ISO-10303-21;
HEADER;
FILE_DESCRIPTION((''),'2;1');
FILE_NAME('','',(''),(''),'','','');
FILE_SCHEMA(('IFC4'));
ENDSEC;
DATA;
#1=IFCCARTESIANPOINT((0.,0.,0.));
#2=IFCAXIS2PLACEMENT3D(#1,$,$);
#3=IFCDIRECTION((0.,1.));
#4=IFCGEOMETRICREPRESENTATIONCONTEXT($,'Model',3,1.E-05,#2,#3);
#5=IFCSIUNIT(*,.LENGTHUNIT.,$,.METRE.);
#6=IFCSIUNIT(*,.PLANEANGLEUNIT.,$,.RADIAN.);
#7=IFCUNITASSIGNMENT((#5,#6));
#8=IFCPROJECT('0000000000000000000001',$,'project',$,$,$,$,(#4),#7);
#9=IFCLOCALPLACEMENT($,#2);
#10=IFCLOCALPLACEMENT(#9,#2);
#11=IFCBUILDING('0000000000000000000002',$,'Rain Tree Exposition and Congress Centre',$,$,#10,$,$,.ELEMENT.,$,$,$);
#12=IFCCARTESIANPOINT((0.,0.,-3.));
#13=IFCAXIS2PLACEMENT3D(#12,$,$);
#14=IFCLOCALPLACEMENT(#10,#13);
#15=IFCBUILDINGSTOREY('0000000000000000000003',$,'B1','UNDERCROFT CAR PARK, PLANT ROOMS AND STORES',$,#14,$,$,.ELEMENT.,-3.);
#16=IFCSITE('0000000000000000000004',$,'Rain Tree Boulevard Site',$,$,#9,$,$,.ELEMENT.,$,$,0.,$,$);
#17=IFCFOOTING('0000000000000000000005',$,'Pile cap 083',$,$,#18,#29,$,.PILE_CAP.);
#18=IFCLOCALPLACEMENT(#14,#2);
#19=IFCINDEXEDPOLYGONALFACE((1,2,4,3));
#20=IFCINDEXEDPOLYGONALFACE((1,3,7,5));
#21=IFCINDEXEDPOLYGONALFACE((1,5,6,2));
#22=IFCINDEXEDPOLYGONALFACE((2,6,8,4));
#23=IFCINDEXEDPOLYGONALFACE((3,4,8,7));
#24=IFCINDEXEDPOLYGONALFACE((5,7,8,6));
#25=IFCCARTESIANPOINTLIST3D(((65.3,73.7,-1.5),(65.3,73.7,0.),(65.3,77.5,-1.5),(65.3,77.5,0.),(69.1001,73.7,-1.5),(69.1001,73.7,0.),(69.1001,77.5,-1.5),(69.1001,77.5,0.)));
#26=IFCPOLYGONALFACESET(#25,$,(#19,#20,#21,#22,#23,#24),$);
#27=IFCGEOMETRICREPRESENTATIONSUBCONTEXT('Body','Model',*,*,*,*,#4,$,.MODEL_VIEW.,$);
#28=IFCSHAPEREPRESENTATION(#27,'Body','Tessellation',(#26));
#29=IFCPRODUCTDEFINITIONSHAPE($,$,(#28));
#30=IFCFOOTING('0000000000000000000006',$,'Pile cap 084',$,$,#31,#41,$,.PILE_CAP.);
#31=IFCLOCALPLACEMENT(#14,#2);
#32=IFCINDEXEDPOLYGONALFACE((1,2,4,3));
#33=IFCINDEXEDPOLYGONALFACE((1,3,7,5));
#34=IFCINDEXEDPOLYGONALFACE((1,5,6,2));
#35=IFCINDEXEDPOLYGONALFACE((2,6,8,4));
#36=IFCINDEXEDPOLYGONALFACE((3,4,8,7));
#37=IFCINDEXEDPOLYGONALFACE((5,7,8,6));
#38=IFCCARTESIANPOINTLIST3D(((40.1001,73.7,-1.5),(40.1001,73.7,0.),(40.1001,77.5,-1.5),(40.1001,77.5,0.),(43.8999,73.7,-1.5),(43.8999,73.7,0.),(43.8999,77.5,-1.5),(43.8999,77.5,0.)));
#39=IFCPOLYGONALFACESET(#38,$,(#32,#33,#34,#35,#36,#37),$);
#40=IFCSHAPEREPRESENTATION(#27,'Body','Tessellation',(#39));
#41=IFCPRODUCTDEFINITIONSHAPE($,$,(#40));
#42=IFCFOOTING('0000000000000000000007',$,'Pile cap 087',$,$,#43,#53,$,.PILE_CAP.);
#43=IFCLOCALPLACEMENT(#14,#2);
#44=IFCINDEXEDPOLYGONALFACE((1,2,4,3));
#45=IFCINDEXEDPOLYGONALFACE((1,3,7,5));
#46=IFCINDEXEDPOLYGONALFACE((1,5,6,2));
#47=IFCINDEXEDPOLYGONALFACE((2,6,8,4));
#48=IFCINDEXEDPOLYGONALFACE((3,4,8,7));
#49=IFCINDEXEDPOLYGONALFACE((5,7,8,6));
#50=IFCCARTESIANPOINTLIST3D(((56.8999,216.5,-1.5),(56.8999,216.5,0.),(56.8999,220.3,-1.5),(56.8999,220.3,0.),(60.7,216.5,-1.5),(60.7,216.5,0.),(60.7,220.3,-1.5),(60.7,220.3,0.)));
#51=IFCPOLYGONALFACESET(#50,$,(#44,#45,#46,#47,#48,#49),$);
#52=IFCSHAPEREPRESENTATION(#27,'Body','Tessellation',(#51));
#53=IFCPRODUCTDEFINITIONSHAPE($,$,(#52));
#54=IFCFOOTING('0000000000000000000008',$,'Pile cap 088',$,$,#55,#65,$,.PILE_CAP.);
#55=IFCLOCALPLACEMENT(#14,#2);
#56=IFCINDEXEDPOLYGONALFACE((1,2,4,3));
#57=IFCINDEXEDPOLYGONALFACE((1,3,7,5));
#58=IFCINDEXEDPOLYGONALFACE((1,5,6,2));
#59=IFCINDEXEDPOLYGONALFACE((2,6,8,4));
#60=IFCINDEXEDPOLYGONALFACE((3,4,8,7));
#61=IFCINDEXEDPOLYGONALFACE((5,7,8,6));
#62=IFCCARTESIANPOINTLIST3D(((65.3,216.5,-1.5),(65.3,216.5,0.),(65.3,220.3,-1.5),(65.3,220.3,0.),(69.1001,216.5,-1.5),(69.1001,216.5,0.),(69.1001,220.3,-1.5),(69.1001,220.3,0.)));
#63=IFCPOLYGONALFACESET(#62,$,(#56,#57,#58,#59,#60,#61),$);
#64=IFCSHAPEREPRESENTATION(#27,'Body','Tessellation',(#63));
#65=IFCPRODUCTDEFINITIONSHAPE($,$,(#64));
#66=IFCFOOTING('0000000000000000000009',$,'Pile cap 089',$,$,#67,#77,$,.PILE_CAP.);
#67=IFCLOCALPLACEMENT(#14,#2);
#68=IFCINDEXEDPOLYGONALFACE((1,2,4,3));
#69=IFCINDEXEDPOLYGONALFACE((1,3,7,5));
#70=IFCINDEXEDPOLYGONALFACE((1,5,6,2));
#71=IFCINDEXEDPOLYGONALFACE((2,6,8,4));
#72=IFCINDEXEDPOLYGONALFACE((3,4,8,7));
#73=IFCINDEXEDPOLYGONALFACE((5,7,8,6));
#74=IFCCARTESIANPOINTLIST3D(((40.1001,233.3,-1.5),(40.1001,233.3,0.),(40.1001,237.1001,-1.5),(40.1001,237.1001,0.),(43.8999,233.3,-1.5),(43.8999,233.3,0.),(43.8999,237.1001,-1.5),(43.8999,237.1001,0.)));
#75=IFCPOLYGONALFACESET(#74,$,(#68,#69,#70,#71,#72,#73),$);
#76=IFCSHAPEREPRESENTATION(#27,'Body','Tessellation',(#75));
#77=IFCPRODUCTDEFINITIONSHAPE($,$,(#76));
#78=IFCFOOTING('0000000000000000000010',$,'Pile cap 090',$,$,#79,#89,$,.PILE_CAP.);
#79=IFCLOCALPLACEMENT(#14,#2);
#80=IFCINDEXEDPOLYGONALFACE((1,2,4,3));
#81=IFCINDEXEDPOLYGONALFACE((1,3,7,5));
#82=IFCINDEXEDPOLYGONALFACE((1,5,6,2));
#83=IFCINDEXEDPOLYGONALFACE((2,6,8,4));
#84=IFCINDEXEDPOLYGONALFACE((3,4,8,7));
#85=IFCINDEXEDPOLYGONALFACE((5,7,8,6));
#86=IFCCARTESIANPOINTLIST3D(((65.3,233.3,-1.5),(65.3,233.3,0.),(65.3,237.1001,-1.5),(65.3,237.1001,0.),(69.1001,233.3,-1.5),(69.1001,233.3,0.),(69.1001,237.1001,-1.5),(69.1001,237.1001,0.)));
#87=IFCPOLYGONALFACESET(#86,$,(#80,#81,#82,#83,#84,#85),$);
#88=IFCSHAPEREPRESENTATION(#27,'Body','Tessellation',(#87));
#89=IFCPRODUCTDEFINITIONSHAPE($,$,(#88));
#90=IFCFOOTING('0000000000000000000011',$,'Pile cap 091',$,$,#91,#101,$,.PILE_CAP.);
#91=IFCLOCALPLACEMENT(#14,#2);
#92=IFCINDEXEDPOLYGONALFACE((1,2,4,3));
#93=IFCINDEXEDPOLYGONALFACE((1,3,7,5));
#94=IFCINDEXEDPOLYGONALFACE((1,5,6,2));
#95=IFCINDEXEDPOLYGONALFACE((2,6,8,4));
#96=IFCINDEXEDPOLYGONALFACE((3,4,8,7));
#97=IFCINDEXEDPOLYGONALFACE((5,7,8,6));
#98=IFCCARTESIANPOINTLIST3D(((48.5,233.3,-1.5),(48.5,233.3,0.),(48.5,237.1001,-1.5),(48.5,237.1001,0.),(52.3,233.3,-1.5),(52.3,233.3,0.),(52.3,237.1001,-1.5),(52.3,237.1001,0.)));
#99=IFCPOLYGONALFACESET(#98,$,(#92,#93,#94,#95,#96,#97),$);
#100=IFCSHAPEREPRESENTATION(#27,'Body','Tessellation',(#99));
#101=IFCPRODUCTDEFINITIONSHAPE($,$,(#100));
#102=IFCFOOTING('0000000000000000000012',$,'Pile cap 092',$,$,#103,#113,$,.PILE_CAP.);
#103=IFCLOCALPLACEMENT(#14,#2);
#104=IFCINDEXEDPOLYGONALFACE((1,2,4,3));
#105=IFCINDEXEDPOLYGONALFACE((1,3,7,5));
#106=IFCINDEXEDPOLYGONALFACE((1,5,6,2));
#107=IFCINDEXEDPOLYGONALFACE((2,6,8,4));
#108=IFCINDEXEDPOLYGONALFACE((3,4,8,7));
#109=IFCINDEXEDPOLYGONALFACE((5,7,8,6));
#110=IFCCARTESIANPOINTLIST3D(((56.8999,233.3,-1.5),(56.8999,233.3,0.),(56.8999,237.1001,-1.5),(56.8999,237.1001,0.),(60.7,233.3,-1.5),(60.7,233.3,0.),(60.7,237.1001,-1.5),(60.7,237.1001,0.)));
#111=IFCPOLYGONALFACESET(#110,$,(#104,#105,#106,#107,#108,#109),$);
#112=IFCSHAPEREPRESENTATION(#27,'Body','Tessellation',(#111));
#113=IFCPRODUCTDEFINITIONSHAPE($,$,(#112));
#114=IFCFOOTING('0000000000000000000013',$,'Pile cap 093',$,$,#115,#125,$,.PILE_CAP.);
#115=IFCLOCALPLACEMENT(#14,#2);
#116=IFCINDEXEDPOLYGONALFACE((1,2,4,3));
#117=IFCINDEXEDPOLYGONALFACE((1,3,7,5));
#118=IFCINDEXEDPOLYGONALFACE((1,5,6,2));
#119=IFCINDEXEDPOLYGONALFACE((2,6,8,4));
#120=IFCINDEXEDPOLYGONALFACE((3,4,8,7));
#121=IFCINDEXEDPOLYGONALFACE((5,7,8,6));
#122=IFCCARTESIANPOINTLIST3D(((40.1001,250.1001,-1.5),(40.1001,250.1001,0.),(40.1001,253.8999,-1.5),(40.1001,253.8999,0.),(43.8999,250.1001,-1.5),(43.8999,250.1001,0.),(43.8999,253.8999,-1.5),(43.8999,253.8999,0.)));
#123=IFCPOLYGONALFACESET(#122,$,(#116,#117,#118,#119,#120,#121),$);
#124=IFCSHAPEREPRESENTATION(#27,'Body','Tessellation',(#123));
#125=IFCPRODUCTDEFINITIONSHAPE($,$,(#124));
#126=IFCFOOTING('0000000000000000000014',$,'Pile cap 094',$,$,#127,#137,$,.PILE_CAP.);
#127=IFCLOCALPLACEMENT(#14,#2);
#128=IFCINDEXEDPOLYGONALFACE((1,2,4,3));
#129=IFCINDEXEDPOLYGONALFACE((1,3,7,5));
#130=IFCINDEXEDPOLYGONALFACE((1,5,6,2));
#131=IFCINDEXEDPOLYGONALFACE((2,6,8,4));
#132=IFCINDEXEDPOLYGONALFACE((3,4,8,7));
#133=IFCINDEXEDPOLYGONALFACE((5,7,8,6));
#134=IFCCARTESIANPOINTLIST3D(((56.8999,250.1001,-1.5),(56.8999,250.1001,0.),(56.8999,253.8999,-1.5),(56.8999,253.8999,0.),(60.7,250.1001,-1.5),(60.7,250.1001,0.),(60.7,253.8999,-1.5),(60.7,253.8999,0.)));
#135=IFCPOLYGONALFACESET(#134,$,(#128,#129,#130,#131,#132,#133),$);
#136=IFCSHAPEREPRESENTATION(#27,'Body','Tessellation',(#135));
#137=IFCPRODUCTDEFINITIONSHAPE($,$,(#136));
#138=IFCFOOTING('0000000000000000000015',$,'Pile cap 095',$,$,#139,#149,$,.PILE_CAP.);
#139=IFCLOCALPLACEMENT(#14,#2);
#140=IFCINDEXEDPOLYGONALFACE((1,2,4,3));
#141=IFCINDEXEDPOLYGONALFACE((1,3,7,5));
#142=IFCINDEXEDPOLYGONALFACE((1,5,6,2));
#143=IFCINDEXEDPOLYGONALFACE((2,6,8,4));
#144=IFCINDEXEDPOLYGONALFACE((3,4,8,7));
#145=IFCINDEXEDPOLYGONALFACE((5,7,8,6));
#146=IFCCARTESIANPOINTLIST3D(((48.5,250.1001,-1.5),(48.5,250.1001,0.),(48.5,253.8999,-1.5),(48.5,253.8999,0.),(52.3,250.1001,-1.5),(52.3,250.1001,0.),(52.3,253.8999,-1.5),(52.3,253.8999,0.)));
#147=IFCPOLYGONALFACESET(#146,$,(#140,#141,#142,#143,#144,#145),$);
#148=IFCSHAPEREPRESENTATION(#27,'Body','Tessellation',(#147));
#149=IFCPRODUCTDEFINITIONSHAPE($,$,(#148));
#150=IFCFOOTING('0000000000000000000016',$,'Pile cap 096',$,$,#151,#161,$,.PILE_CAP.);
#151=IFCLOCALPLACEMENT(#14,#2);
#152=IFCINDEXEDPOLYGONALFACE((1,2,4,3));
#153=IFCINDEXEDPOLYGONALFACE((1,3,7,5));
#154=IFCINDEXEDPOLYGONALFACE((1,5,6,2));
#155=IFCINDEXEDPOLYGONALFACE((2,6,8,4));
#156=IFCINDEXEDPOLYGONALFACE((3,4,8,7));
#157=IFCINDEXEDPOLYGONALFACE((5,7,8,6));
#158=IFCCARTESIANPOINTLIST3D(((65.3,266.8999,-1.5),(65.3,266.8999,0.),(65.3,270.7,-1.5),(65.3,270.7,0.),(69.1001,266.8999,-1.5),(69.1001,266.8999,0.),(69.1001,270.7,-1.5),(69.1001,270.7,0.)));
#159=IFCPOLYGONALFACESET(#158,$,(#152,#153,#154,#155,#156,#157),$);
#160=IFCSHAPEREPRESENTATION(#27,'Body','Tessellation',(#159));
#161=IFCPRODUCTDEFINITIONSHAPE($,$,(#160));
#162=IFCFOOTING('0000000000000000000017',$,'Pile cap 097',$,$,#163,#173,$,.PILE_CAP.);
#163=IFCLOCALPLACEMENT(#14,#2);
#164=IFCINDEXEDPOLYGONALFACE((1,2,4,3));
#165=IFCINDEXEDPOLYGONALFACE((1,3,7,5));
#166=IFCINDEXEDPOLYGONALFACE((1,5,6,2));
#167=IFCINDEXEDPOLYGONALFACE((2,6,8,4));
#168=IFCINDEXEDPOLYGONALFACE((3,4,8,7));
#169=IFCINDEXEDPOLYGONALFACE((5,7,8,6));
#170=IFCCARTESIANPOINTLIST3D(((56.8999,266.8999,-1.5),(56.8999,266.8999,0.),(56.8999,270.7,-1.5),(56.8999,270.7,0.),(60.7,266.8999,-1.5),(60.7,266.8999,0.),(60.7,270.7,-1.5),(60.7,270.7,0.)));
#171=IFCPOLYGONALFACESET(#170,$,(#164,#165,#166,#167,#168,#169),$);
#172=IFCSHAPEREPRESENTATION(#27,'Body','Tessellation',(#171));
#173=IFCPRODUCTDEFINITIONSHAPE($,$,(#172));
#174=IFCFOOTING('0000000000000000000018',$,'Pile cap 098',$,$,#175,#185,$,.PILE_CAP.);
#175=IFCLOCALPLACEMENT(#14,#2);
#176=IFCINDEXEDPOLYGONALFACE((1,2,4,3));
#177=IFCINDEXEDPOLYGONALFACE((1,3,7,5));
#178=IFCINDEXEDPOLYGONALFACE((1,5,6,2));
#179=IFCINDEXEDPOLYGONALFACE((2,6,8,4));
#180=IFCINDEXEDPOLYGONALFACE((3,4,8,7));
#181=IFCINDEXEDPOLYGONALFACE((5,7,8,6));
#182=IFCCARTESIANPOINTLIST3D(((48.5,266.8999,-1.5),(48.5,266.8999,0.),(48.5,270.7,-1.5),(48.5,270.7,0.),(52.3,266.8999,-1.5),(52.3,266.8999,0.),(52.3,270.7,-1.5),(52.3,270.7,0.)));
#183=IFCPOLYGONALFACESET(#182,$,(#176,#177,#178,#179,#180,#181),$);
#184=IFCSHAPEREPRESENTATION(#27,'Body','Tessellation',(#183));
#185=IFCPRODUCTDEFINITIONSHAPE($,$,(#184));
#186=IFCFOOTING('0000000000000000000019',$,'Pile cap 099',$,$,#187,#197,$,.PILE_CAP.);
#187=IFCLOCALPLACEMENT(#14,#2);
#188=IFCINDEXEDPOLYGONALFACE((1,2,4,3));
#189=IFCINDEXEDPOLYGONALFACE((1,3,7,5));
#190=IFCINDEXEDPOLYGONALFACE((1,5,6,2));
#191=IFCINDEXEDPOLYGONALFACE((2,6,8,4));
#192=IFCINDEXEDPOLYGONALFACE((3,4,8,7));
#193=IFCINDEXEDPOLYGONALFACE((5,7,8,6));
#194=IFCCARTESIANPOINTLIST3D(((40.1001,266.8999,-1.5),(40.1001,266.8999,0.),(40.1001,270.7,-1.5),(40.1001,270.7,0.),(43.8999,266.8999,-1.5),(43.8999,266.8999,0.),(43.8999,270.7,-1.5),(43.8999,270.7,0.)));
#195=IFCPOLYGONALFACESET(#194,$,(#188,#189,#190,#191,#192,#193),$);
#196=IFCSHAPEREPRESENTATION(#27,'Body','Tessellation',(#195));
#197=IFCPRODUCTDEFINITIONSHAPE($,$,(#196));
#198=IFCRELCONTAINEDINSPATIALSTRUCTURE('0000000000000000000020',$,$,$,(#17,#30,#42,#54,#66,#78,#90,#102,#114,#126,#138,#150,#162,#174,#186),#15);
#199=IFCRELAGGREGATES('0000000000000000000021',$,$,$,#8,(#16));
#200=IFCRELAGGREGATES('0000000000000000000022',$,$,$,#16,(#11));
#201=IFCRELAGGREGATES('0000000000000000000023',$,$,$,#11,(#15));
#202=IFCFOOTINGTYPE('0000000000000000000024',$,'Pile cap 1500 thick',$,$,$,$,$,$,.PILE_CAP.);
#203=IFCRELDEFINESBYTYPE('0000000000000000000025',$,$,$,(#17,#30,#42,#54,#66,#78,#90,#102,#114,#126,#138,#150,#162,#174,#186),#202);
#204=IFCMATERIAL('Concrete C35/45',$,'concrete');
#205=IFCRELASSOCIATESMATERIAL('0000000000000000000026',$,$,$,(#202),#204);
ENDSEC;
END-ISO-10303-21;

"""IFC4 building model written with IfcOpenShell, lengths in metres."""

from ifc_helpers import new_model, si_unit, direction, frame, origin, place, context, subcontext, project, spatial, polyline, outline, extrude, material, type_object, element, save


model = new_model("IFC4")

# Units and contexts
model_context = context("Model", 3, precision=1e-05, world=origin(), true_north=direction((0.0, 1.0)))
body_context = subcontext(model_context, "Body", "Model", "MODEL_VIEW")
ifc_project = project(units=[si_unit("LENGTHUNIT", "METRE"), si_unit("PLANEANGLEUNIT", "RADIAN")], contexts=[model_context])

# Site, building, storey
site_placement = place(None, origin())
site = spatial("IfcSite", under=ifc_project, at=site_placement, Name="Rain Tree Boulevard Site", CompositionType="ELEMENT", RefElevation=0.0)
building_placement = place(site_placement, origin())
building = spatial("IfcBuilding", under=site, at=building_placement, Name="Rain Tree Exposition and Congress Centre", CompositionType="ELEMENT")
storey_placement = place(building_placement, frame((0.0, 0.0, -3.0)))
storey = spatial("IfcBuildingStorey", under=building, at=storey_placement, Name="B1", Description="UNDERCROFT CAR PARK, PLANT ROOMS AND STORES", CompositionType="ELEMENT", Elevation=-3.0)

# Footings
ifc_material_1 = material(Name="Concrete C35/45", Category="concrete")
footing_type_1 = type_object("IfcFootingType", Name="Pile cap 1500 thick", PredefinedType="PILE_CAP", material=ifc_material_1)
footing_1_placement = place(storey_placement, frame((0.0, 0.0, -1.5)))
element("IfcFooting", 1, at=footing_1_placement, inside=storey, type_object=footing_type_1, Name="Pile cap 083", PredefinedType="PILE_CAP", context=body_context, shape_type="SweptSolid", body=[
    extrude(outline(polyline([(69.1001, 73.7), (69.1001, 77.5), (65.3, 77.5), (65.3, 73.7), (69.1001, 73.7)])), origin(), (0.0, 0.0, 1.0), 1.5),
])
footing_2_placement = place(storey_placement, frame((0.0, 0.0, -1.5)))
element("IfcFooting", 2, at=footing_2_placement, inside=storey, type_object=footing_type_1, Name="Pile cap 084", PredefinedType="PILE_CAP", context=body_context, shape_type="SweptSolid", body=[
    extrude(outline(polyline([(43.8999, 73.7), (43.8999, 77.5), (40.1001, 77.5), (40.1001, 73.7), (43.8999, 73.7)])), origin(), (0.0, 0.0, 1.0), 1.5),
])
footing_3_placement = place(storey_placement, frame((0.0, 0.0, -1.5)))
element("IfcFooting", 3, at=footing_3_placement, inside=storey, type_object=footing_type_1, Name="Pile cap 087", PredefinedType="PILE_CAP", context=body_context, shape_type="SweptSolid", body=[
    extrude(outline(polyline([(60.7, 216.5), (60.7, 220.3), (56.8999, 220.3), (56.8999, 216.5), (60.7, 216.5)])), origin(), (0.0, 0.0, 1.0), 1.5),
])
footing_4_placement = place(storey_placement, frame((0.0, 0.0, -1.5)))
element("IfcFooting", 4, at=footing_4_placement, inside=storey, type_object=footing_type_1, Name="Pile cap 088", PredefinedType="PILE_CAP", context=body_context, shape_type="SweptSolid", body=[
    extrude(outline(polyline([(69.1001, 216.5), (69.1001, 220.3), (65.3, 220.3), (65.3, 216.5), (69.1001, 216.5)])), origin(), (0.0, 0.0, 1.0), 1.5),
])
footing_5_placement = place(storey_placement, frame((0.0, 0.0, -1.5)))
element("IfcFooting", 5, at=footing_5_placement, inside=storey, type_object=footing_type_1, Name="Pile cap 089", PredefinedType="PILE_CAP", context=body_context, shape_type="SweptSolid", body=[
    extrude(outline(polyline([(43.8999, 233.3), (43.8999, 237.1001), (40.1001, 237.1001), (40.1001, 233.3), (43.8999, 233.3)])), origin(), (0.0, 0.0, 1.0), 1.5),
])
footing_6_placement = place(storey_placement, frame((0.0, 0.0, -1.5)))
element("IfcFooting", 6, at=footing_6_placement, inside=storey, type_object=footing_type_1, Name="Pile cap 090", PredefinedType="PILE_CAP", context=body_context, shape_type="SweptSolid", body=[
    extrude(outline(polyline([(69.1001, 233.3), (69.1001, 237.1001), (65.3, 237.1001), (65.3, 233.3), (69.1001, 233.3)])), origin(), (0.0, 0.0, 1.0), 1.5),
])
footing_7_placement = place(storey_placement, frame((0.0, 0.0, -1.5)))
element("IfcFooting", 7, at=footing_7_placement, inside=storey, type_object=footing_type_1, Name="Pile cap 091", PredefinedType="PILE_CAP", context=body_context, shape_type="SweptSolid", body=[
    extrude(outline(polyline([(52.3, 233.3), (52.3, 237.1001), (48.5, 237.1001), (48.5, 233.3), (52.3, 233.3)])), origin(), (0.0, 0.0, 1.0), 1.5),
])
footing_8_placement = place(storey_placement, frame((0.0, 0.0, -1.5)))
element("IfcFooting", 8, at=footing_8_placement, inside=storey, type_object=footing_type_1, Name="Pile cap 092", PredefinedType="PILE_CAP", context=body_context, shape_type="SweptSolid", body=[
    extrude(outline(polyline([(60.7, 233.3), (60.7, 237.1001), (56.8999, 237.1001), (56.8999, 233.3), (60.7, 233.3)])), origin(), (0.0, 0.0, 1.0), 1.5),
])
footing_9_placement = place(storey_placement, frame((0.0, 0.0, -1.5)))
element("IfcFooting", 9, at=footing_9_placement, inside=storey, type_object=footing_type_1, Name="Pile cap 093", PredefinedType="PILE_CAP", context=body_context, shape_type="SweptSolid", body=[
    extrude(outline(polyline([(43.8999, 250.1001), (43.8999, 253.8999), (40.1001, 253.8999), (40.1001, 250.1001), (43.8999, 250.1001)])), origin(), (0.0, 0.0, 1.0), 1.5),
])
footing_10_placement = place(storey_placement, frame((0.0, 0.0, -1.5)))
element("IfcFooting", 10, at=footing_10_placement, inside=storey, type_object=footing_type_1, Name="Pile cap 094", PredefinedType="PILE_CAP", context=body_context, shape_type="SweptSolid", body=[
    extrude(outline(polyline([(60.7, 250.1001), (60.7, 253.8999), (56.8999, 253.8999), (56.8999, 250.1001), (60.7, 250.1001)])), origin(), (0.0, 0.0, 1.0), 1.5),
])
footing_11_placement = place(storey_placement, frame((0.0, 0.0, -1.5)))
element("IfcFooting", 11, at=footing_11_placement, inside=storey, type_object=footing_type_1, Name="Pile cap 095", PredefinedType="PILE_CAP", context=body_context, shape_type="SweptSolid", body=[
    extrude(outline(polyline([(52.3, 250.1001), (52.3, 253.8999), (48.5, 253.8999), (48.5, 250.1001), (52.3, 250.1001)])), origin(), (0.0, 0.0, 1.0), 1.5),
])
footing_12_placement = place(storey_placement, frame((0.0, 0.0, -1.5)))
element("IfcFooting", 12, at=footing_12_placement, inside=storey, type_object=footing_type_1, Name="Pile cap 096", PredefinedType="PILE_CAP", context=body_context, shape_type="SweptSolid", body=[
    extrude(outline(polyline([(69.1001, 266.8999), (69.1001, 270.7), (65.3, 270.7), (65.3, 266.8999), (69.1001, 266.8999)])), origin(), (0.0, 0.0, 1.0), 1.5),
])
footing_13_placement = place(storey_placement, frame((0.0, 0.0, -1.5)))
element("IfcFooting", 13, at=footing_13_placement, inside=storey, type_object=footing_type_1, Name="Pile cap 097", PredefinedType="PILE_CAP", context=body_context, shape_type="SweptSolid", body=[
    extrude(outline(polyline([(60.7, 266.8999), (60.7, 270.7), (56.8999, 270.7), (56.8999, 266.8999), (60.7, 266.8999)])), origin(), (0.0, 0.0, 1.0), 1.5),
])
footing_14_placement = place(storey_placement, frame((0.0, 0.0, -1.5)))
element("IfcFooting", 14, at=footing_14_placement, inside=storey, type_object=footing_type_1, Name="Pile cap 098", PredefinedType="PILE_CAP", context=body_context, shape_type="SweptSolid", body=[
    extrude(outline(polyline([(52.3, 266.8999), (52.3, 270.7), (48.5, 270.7), (48.5, 266.8999), (52.3, 266.8999)])), origin(), (0.0, 0.0, 1.0), 1.5),
])
footing_15_placement = place(storey_placement, frame((0.0, 0.0, -1.5)))
element("IfcFooting", 15, at=footing_15_placement, inside=storey, type_object=footing_type_1, Name="Pile cap 099", PredefinedType="PILE_CAP", context=body_context, shape_type="SweptSolid", body=[
    extrude(outline(polyline([(43.8999, 266.8999), (43.8999, 270.7), (40.1001, 270.7), (40.1001, 266.8999), (43.8999, 266.8999)])), origin(), (0.0, 0.0, 1.0), 1.5),
])

save(model, "model.ifc")
